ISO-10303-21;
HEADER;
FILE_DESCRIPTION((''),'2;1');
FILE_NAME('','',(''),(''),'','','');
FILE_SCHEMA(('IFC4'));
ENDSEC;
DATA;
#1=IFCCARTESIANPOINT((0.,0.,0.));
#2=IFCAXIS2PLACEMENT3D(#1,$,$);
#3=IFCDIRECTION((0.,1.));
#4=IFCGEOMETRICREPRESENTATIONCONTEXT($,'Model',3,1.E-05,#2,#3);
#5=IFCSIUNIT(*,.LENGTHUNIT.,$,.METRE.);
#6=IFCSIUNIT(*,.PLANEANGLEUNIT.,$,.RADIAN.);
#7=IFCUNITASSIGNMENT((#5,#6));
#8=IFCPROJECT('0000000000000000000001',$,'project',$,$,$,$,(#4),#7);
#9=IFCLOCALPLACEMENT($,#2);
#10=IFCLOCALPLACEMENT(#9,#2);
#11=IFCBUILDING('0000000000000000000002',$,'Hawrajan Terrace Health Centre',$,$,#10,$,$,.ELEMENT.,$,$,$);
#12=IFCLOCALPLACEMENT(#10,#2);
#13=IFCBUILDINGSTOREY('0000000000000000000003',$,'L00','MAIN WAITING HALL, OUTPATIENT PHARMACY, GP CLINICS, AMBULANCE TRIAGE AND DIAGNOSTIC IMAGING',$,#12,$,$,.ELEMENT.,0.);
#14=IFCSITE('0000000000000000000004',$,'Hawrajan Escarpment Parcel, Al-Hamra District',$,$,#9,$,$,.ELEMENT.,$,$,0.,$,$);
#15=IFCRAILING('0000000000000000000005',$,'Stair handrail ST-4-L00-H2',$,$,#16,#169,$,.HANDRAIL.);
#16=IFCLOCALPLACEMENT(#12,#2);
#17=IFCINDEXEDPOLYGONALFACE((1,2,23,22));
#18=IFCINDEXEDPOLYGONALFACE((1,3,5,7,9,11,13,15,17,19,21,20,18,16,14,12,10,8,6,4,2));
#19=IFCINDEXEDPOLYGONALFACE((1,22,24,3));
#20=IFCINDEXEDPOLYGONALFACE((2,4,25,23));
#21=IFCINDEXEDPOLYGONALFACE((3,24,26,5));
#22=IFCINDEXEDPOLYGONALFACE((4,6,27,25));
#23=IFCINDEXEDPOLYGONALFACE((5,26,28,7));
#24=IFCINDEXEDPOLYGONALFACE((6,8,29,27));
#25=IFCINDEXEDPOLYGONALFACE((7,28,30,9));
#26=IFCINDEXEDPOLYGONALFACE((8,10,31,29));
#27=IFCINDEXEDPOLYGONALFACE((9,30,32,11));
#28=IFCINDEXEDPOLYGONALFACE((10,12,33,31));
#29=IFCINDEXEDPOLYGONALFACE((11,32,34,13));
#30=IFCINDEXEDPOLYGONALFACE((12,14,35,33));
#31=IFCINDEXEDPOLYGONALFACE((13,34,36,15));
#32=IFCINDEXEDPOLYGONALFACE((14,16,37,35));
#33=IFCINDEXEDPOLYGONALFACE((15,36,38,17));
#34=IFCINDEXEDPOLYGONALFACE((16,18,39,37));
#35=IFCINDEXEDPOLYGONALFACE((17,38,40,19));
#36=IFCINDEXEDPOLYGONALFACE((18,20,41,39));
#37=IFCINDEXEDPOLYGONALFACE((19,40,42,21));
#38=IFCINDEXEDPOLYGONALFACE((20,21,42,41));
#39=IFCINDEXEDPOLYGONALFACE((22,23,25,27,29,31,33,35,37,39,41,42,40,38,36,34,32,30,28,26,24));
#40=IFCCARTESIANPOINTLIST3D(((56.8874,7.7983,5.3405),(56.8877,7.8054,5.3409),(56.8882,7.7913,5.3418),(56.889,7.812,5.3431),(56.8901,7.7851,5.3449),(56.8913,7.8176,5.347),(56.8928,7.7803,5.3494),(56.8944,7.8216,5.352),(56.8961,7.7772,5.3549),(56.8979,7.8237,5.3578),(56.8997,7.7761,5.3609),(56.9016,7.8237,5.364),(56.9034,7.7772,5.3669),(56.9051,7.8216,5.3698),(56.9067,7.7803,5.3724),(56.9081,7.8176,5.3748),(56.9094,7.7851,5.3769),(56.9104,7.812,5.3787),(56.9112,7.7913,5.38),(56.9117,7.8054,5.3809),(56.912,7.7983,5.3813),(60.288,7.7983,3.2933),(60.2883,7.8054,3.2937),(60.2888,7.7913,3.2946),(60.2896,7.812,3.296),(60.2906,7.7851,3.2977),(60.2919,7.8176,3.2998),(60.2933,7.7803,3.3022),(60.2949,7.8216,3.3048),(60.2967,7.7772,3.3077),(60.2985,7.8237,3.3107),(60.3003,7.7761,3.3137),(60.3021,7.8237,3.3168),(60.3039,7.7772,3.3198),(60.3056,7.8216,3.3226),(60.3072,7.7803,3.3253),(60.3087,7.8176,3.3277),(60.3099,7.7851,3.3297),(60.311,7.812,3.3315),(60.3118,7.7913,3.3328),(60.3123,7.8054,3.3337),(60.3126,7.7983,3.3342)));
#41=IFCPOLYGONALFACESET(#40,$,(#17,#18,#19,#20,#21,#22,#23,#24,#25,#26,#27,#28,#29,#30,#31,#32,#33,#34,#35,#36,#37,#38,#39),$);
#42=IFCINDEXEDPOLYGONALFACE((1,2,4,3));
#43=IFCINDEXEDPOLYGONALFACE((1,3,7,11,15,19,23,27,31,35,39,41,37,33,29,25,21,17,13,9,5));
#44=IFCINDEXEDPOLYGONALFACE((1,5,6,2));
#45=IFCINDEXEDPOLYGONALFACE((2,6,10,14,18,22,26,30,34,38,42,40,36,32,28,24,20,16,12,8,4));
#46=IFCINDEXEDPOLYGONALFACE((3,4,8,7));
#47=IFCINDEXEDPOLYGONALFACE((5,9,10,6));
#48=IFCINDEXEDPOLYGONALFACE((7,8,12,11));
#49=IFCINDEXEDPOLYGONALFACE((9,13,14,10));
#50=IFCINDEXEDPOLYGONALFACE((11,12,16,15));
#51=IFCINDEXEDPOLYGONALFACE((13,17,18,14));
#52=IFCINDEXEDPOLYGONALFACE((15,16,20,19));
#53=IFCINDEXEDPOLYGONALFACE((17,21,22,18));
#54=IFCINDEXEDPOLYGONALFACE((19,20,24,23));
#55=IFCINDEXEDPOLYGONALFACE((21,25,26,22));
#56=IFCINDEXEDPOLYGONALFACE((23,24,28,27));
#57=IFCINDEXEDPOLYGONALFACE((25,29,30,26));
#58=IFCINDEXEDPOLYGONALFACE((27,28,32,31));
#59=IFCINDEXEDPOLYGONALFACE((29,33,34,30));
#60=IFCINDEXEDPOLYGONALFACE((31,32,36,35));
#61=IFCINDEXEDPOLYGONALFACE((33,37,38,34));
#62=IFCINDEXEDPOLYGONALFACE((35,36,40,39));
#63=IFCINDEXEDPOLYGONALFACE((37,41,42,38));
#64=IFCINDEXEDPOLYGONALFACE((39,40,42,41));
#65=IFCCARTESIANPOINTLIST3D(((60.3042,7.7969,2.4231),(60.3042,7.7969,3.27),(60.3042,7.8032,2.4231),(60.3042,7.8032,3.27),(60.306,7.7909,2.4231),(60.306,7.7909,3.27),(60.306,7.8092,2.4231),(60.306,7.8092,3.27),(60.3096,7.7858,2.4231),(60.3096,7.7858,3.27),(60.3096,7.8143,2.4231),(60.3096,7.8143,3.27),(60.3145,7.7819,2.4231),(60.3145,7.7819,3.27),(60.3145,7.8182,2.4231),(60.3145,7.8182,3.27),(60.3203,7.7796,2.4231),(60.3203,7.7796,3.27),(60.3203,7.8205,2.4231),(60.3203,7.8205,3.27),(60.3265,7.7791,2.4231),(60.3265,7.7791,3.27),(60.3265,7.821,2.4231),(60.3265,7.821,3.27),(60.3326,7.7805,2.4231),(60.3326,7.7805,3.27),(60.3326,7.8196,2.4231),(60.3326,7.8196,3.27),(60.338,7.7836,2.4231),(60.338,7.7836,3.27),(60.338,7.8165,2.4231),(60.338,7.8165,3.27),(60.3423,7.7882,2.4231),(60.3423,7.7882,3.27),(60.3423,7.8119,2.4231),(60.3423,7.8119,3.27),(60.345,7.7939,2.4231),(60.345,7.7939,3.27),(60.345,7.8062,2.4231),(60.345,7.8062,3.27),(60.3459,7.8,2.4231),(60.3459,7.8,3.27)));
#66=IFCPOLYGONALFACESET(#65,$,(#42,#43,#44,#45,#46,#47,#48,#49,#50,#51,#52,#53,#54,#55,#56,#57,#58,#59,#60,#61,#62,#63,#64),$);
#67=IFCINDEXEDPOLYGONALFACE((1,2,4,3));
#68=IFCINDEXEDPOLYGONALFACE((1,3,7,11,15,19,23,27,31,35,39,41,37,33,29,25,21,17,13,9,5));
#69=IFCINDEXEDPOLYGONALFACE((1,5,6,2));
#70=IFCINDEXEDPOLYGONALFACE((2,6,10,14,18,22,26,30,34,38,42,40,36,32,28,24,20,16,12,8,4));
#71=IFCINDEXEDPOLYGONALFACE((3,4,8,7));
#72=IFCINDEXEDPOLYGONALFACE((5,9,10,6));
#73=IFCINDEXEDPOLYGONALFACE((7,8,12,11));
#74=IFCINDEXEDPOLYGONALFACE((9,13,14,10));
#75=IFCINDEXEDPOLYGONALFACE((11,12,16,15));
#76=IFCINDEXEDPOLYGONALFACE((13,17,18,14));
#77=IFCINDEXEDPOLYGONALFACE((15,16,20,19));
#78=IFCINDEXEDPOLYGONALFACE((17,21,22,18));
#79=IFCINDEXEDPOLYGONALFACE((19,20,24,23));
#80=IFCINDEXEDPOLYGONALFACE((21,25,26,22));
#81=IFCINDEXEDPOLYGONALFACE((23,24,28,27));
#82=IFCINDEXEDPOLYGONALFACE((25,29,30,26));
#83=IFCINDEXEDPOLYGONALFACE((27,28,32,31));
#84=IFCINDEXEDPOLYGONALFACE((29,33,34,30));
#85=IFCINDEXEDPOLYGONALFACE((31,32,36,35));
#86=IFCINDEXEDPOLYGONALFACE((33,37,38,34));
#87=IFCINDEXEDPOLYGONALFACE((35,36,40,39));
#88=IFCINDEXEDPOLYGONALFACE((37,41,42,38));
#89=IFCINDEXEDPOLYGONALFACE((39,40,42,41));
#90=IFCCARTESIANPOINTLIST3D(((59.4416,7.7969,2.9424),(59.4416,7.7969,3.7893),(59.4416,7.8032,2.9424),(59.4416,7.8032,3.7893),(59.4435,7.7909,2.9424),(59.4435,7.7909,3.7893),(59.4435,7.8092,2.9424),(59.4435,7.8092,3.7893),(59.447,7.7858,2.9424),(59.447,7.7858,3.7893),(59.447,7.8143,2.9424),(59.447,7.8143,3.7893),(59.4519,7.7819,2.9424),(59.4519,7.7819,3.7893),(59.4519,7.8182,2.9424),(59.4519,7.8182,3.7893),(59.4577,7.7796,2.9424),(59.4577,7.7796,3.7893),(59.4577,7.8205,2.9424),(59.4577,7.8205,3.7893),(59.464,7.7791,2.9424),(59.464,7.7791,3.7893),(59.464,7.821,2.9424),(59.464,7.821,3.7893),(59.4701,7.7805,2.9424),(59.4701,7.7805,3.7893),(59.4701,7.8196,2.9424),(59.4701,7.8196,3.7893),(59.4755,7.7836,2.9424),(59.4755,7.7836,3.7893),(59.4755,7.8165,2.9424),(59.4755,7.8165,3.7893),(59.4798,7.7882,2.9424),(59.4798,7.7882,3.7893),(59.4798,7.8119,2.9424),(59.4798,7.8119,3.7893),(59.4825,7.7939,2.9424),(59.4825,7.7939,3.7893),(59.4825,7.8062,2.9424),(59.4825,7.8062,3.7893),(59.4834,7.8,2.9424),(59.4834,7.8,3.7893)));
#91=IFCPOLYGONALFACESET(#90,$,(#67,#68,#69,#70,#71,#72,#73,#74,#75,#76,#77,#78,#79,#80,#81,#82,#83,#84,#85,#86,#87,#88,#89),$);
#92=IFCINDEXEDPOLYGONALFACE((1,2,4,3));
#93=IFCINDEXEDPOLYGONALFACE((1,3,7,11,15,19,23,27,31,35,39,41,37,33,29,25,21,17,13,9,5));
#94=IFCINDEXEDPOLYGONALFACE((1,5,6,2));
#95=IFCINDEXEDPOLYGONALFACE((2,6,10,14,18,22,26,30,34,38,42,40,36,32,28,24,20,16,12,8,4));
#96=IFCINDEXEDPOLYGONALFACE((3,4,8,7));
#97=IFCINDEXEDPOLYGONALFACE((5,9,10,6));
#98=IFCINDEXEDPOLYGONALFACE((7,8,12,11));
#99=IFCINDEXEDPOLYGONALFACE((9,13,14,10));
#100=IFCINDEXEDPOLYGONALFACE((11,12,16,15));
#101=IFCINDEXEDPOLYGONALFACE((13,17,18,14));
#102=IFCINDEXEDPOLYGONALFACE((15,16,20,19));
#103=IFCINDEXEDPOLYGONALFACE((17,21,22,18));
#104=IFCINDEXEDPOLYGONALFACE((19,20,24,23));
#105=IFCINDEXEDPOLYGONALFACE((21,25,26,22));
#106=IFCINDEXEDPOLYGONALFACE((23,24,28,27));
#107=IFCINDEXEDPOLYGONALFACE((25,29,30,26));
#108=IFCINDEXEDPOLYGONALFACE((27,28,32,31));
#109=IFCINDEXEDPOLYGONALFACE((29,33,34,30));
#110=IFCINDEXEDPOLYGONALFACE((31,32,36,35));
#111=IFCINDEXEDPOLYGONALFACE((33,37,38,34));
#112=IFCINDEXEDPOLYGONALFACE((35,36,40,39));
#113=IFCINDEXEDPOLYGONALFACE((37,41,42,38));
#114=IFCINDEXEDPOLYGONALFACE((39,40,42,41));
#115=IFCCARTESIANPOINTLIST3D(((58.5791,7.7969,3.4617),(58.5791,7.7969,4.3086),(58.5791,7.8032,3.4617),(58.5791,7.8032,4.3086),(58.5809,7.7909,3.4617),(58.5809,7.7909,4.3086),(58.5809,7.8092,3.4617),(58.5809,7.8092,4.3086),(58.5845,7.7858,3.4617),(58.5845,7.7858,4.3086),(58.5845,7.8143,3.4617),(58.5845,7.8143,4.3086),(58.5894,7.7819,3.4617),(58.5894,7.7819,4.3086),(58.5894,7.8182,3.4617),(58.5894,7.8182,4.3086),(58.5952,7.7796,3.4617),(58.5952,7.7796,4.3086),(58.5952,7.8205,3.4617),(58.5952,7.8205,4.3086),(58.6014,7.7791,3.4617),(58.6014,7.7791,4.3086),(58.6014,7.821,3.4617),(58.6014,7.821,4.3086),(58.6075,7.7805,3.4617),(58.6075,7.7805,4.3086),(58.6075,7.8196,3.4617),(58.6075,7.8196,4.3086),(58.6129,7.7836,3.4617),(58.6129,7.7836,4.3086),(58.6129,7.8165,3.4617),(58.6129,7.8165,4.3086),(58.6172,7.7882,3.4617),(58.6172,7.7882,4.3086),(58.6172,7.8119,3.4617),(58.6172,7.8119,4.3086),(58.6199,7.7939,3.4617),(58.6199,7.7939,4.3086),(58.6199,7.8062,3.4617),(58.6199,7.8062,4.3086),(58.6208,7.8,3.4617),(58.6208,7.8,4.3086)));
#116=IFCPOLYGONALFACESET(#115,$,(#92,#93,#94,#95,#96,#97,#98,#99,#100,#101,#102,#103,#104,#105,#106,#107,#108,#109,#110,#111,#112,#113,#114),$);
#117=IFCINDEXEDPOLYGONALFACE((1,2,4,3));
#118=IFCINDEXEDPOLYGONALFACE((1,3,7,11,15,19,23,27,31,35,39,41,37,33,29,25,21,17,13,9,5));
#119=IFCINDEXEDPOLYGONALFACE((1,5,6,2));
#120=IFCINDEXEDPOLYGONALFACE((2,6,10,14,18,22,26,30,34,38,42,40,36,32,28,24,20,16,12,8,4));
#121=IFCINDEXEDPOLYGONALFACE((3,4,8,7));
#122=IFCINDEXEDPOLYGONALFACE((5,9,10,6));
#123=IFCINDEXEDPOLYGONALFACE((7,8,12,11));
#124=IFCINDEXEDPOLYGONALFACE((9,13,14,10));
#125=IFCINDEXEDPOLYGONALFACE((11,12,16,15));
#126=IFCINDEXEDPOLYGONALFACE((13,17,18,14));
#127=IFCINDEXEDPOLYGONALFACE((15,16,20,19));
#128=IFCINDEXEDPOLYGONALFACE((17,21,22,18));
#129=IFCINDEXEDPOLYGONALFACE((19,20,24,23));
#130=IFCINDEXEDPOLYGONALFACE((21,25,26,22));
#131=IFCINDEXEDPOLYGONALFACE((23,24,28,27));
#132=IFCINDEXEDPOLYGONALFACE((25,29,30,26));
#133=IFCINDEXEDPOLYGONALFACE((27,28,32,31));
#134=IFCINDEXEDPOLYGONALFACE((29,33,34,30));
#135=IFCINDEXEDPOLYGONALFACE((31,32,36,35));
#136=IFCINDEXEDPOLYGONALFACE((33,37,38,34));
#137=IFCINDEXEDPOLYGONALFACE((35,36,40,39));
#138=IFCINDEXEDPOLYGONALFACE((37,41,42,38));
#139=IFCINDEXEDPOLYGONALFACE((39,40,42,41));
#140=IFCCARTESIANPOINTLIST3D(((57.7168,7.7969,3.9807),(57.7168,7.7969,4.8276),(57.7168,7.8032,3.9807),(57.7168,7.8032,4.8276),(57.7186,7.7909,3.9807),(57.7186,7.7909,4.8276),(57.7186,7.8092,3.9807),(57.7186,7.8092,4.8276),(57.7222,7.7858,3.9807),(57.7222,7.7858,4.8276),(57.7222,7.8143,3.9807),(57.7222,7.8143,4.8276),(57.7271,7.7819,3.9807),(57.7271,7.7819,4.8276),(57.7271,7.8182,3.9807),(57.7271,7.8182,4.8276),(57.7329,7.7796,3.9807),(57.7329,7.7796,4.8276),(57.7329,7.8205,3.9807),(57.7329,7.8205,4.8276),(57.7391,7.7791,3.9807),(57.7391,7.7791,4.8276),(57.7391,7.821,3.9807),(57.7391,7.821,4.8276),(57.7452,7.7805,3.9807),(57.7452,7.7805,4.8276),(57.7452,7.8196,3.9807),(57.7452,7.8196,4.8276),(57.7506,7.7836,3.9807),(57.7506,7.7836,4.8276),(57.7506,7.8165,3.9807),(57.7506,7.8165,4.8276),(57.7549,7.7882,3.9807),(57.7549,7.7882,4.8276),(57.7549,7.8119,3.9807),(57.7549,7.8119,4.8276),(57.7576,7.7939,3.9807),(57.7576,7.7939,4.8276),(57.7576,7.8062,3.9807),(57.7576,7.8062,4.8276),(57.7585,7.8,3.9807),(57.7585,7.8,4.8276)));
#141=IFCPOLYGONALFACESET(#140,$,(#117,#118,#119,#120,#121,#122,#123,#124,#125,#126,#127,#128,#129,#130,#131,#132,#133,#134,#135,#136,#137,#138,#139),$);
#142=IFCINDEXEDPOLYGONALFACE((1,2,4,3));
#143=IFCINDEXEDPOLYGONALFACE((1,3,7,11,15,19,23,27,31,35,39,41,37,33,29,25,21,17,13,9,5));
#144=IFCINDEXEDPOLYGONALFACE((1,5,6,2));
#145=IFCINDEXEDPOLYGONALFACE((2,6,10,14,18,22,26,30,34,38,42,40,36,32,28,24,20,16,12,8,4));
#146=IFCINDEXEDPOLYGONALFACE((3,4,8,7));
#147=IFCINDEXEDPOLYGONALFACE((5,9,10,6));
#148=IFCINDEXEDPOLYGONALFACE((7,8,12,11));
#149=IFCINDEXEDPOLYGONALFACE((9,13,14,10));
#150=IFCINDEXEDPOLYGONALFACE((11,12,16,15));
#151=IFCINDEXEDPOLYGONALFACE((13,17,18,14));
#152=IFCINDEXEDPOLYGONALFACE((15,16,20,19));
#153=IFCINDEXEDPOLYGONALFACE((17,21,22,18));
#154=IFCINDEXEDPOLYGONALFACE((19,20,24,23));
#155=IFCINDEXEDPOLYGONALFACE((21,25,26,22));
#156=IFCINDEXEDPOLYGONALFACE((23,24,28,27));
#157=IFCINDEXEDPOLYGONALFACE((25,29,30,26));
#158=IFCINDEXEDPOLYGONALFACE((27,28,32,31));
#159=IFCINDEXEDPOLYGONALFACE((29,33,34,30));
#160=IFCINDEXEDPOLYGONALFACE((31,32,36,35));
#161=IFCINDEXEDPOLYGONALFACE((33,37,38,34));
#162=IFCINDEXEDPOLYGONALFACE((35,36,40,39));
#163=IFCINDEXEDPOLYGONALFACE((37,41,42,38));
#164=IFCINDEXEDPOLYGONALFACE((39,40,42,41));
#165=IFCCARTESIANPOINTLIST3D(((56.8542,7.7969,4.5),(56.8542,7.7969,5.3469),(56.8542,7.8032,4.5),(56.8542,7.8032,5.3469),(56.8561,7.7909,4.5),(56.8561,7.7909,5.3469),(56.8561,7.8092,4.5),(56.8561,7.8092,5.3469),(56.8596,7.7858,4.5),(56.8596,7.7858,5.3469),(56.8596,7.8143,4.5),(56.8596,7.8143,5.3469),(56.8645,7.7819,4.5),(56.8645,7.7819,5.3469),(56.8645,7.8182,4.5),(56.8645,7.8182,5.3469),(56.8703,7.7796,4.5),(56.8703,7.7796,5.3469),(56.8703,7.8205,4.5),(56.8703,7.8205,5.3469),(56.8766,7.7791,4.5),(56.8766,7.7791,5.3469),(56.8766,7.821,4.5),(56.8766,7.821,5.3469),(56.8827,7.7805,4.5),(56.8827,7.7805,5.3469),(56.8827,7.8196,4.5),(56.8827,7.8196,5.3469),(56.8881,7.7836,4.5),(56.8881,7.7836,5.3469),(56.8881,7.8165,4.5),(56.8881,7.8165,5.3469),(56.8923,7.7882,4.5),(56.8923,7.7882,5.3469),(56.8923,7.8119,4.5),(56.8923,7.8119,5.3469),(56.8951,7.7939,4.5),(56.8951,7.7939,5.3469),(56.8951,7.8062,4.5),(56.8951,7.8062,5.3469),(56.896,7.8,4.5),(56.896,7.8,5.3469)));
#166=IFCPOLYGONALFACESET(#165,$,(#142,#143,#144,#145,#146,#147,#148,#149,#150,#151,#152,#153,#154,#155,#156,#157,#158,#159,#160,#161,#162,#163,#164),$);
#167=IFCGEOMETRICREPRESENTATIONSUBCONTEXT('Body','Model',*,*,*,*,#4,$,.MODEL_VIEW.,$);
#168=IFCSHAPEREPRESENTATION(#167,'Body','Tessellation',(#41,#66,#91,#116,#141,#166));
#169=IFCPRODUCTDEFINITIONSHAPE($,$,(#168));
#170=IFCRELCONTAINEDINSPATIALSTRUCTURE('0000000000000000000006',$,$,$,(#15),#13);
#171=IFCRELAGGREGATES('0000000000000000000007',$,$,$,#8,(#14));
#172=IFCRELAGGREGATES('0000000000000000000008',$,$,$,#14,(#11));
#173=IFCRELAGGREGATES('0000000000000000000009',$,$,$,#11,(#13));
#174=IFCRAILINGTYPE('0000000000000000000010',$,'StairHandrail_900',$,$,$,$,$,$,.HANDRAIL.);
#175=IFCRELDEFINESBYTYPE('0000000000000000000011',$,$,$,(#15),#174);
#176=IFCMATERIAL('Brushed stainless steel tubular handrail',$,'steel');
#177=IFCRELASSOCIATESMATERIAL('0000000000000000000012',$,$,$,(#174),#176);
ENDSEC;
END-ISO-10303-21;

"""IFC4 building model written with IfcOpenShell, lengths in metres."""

from ifc_helpers import new_model, si_unit, direction, frame, origin, origin_2d, place, context, subcontext, project, spatial, circle, extrude, material, type_object, element, save


model = new_model("IFC4")

# Units and contexts
model_context = context("Model", 3, precision=1e-05, world=origin(), true_north=direction((0.0, 1.0)))
body_context = subcontext(model_context, "Body", "Model", "MODEL_VIEW")
ifc_project = project(units=[si_unit("LENGTHUNIT", "METRE"), si_unit("PLANEANGLEUNIT", "RADIAN")], contexts=[model_context])

# Site, building, storey
site_placement = place(None, origin())
site = spatial("IfcSite", under=ifc_project, at=site_placement, Name="Hawrajan Escarpment Parcel, Al-Hamra District", CompositionType="ELEMENT", RefElevation=0.0)
building_placement = place(site_placement, origin())
building = spatial("IfcBuilding", under=site, at=building_placement, Name="Hawrajan Terrace Health Centre", CompositionType="ELEMENT")
storey_placement = place(building_placement, origin())
storey = spatial("IfcBuildingStorey", under=building, at=storey_placement, Name="L00", Description="MAIN WAITING HALL, OUTPATIENT PHARMACY, GP CLINICS, AMBULANCE TRIAGE AND DIAGNOSTIC IMAGING", CompositionType="ELEMENT", Elevation=0.0)

# Railing
ifc_material_1 = material(Name="Brushed stainless steel tubular handrail", Category="steel")
railing_type = type_object("IfcRailingType", Name="StairHandrail_900", PredefinedType="HANDRAIL", material=ifc_material_1)
railing_placement = place(storey_placement, frame((60.325, 7.8, 2.4231)))
element("IfcRailing", 1, at=railing_placement, inside=storey, type_object=railing_type, Name="Stair handrail ST-4-L00-H2", PredefinedType="HANDRAIL", context=body_context, shape_type="SweptSolid", body=[
    extrude(circle(Radius=0.0239, at=origin_2d()), frame((-0.0247, 0.0, 0.8906), z_axis=(-0.856732, 0.0, 0.515761), x_axis=(0.0, -1.0, 0.0)), (0.0, 0.0, 1.0), 3.9692),
    extrude(circle(Radius=0.021, at=origin_2d()), origin(), (0.0, 0.0, 1.0), 0.8469),
    extrude(circle(Radius=0.021, at=origin_2d()), frame((-0.8625, 0.0, 0.5193)), (0.0, 0.0, 1.0), 0.8469),
    extrude(circle(Radius=0.021, at=origin_2d()), frame((-1.7251, 0.0, 1.0386)), (0.0, 0.0, 1.0), 0.8469),
    extrude(circle(Radius=0.021, at=origin_2d()), frame((-2.5874, 0.0, 1.5576)), (0.0, 0.0, 1.0), 0.8469),
    extrude(circle(Radius=0.021, at=origin_2d()), frame((-3.45, 0.0, 2.0769)), (0.0, 0.0, 1.0), 0.8469),
])

save(model, "model.ifc")
